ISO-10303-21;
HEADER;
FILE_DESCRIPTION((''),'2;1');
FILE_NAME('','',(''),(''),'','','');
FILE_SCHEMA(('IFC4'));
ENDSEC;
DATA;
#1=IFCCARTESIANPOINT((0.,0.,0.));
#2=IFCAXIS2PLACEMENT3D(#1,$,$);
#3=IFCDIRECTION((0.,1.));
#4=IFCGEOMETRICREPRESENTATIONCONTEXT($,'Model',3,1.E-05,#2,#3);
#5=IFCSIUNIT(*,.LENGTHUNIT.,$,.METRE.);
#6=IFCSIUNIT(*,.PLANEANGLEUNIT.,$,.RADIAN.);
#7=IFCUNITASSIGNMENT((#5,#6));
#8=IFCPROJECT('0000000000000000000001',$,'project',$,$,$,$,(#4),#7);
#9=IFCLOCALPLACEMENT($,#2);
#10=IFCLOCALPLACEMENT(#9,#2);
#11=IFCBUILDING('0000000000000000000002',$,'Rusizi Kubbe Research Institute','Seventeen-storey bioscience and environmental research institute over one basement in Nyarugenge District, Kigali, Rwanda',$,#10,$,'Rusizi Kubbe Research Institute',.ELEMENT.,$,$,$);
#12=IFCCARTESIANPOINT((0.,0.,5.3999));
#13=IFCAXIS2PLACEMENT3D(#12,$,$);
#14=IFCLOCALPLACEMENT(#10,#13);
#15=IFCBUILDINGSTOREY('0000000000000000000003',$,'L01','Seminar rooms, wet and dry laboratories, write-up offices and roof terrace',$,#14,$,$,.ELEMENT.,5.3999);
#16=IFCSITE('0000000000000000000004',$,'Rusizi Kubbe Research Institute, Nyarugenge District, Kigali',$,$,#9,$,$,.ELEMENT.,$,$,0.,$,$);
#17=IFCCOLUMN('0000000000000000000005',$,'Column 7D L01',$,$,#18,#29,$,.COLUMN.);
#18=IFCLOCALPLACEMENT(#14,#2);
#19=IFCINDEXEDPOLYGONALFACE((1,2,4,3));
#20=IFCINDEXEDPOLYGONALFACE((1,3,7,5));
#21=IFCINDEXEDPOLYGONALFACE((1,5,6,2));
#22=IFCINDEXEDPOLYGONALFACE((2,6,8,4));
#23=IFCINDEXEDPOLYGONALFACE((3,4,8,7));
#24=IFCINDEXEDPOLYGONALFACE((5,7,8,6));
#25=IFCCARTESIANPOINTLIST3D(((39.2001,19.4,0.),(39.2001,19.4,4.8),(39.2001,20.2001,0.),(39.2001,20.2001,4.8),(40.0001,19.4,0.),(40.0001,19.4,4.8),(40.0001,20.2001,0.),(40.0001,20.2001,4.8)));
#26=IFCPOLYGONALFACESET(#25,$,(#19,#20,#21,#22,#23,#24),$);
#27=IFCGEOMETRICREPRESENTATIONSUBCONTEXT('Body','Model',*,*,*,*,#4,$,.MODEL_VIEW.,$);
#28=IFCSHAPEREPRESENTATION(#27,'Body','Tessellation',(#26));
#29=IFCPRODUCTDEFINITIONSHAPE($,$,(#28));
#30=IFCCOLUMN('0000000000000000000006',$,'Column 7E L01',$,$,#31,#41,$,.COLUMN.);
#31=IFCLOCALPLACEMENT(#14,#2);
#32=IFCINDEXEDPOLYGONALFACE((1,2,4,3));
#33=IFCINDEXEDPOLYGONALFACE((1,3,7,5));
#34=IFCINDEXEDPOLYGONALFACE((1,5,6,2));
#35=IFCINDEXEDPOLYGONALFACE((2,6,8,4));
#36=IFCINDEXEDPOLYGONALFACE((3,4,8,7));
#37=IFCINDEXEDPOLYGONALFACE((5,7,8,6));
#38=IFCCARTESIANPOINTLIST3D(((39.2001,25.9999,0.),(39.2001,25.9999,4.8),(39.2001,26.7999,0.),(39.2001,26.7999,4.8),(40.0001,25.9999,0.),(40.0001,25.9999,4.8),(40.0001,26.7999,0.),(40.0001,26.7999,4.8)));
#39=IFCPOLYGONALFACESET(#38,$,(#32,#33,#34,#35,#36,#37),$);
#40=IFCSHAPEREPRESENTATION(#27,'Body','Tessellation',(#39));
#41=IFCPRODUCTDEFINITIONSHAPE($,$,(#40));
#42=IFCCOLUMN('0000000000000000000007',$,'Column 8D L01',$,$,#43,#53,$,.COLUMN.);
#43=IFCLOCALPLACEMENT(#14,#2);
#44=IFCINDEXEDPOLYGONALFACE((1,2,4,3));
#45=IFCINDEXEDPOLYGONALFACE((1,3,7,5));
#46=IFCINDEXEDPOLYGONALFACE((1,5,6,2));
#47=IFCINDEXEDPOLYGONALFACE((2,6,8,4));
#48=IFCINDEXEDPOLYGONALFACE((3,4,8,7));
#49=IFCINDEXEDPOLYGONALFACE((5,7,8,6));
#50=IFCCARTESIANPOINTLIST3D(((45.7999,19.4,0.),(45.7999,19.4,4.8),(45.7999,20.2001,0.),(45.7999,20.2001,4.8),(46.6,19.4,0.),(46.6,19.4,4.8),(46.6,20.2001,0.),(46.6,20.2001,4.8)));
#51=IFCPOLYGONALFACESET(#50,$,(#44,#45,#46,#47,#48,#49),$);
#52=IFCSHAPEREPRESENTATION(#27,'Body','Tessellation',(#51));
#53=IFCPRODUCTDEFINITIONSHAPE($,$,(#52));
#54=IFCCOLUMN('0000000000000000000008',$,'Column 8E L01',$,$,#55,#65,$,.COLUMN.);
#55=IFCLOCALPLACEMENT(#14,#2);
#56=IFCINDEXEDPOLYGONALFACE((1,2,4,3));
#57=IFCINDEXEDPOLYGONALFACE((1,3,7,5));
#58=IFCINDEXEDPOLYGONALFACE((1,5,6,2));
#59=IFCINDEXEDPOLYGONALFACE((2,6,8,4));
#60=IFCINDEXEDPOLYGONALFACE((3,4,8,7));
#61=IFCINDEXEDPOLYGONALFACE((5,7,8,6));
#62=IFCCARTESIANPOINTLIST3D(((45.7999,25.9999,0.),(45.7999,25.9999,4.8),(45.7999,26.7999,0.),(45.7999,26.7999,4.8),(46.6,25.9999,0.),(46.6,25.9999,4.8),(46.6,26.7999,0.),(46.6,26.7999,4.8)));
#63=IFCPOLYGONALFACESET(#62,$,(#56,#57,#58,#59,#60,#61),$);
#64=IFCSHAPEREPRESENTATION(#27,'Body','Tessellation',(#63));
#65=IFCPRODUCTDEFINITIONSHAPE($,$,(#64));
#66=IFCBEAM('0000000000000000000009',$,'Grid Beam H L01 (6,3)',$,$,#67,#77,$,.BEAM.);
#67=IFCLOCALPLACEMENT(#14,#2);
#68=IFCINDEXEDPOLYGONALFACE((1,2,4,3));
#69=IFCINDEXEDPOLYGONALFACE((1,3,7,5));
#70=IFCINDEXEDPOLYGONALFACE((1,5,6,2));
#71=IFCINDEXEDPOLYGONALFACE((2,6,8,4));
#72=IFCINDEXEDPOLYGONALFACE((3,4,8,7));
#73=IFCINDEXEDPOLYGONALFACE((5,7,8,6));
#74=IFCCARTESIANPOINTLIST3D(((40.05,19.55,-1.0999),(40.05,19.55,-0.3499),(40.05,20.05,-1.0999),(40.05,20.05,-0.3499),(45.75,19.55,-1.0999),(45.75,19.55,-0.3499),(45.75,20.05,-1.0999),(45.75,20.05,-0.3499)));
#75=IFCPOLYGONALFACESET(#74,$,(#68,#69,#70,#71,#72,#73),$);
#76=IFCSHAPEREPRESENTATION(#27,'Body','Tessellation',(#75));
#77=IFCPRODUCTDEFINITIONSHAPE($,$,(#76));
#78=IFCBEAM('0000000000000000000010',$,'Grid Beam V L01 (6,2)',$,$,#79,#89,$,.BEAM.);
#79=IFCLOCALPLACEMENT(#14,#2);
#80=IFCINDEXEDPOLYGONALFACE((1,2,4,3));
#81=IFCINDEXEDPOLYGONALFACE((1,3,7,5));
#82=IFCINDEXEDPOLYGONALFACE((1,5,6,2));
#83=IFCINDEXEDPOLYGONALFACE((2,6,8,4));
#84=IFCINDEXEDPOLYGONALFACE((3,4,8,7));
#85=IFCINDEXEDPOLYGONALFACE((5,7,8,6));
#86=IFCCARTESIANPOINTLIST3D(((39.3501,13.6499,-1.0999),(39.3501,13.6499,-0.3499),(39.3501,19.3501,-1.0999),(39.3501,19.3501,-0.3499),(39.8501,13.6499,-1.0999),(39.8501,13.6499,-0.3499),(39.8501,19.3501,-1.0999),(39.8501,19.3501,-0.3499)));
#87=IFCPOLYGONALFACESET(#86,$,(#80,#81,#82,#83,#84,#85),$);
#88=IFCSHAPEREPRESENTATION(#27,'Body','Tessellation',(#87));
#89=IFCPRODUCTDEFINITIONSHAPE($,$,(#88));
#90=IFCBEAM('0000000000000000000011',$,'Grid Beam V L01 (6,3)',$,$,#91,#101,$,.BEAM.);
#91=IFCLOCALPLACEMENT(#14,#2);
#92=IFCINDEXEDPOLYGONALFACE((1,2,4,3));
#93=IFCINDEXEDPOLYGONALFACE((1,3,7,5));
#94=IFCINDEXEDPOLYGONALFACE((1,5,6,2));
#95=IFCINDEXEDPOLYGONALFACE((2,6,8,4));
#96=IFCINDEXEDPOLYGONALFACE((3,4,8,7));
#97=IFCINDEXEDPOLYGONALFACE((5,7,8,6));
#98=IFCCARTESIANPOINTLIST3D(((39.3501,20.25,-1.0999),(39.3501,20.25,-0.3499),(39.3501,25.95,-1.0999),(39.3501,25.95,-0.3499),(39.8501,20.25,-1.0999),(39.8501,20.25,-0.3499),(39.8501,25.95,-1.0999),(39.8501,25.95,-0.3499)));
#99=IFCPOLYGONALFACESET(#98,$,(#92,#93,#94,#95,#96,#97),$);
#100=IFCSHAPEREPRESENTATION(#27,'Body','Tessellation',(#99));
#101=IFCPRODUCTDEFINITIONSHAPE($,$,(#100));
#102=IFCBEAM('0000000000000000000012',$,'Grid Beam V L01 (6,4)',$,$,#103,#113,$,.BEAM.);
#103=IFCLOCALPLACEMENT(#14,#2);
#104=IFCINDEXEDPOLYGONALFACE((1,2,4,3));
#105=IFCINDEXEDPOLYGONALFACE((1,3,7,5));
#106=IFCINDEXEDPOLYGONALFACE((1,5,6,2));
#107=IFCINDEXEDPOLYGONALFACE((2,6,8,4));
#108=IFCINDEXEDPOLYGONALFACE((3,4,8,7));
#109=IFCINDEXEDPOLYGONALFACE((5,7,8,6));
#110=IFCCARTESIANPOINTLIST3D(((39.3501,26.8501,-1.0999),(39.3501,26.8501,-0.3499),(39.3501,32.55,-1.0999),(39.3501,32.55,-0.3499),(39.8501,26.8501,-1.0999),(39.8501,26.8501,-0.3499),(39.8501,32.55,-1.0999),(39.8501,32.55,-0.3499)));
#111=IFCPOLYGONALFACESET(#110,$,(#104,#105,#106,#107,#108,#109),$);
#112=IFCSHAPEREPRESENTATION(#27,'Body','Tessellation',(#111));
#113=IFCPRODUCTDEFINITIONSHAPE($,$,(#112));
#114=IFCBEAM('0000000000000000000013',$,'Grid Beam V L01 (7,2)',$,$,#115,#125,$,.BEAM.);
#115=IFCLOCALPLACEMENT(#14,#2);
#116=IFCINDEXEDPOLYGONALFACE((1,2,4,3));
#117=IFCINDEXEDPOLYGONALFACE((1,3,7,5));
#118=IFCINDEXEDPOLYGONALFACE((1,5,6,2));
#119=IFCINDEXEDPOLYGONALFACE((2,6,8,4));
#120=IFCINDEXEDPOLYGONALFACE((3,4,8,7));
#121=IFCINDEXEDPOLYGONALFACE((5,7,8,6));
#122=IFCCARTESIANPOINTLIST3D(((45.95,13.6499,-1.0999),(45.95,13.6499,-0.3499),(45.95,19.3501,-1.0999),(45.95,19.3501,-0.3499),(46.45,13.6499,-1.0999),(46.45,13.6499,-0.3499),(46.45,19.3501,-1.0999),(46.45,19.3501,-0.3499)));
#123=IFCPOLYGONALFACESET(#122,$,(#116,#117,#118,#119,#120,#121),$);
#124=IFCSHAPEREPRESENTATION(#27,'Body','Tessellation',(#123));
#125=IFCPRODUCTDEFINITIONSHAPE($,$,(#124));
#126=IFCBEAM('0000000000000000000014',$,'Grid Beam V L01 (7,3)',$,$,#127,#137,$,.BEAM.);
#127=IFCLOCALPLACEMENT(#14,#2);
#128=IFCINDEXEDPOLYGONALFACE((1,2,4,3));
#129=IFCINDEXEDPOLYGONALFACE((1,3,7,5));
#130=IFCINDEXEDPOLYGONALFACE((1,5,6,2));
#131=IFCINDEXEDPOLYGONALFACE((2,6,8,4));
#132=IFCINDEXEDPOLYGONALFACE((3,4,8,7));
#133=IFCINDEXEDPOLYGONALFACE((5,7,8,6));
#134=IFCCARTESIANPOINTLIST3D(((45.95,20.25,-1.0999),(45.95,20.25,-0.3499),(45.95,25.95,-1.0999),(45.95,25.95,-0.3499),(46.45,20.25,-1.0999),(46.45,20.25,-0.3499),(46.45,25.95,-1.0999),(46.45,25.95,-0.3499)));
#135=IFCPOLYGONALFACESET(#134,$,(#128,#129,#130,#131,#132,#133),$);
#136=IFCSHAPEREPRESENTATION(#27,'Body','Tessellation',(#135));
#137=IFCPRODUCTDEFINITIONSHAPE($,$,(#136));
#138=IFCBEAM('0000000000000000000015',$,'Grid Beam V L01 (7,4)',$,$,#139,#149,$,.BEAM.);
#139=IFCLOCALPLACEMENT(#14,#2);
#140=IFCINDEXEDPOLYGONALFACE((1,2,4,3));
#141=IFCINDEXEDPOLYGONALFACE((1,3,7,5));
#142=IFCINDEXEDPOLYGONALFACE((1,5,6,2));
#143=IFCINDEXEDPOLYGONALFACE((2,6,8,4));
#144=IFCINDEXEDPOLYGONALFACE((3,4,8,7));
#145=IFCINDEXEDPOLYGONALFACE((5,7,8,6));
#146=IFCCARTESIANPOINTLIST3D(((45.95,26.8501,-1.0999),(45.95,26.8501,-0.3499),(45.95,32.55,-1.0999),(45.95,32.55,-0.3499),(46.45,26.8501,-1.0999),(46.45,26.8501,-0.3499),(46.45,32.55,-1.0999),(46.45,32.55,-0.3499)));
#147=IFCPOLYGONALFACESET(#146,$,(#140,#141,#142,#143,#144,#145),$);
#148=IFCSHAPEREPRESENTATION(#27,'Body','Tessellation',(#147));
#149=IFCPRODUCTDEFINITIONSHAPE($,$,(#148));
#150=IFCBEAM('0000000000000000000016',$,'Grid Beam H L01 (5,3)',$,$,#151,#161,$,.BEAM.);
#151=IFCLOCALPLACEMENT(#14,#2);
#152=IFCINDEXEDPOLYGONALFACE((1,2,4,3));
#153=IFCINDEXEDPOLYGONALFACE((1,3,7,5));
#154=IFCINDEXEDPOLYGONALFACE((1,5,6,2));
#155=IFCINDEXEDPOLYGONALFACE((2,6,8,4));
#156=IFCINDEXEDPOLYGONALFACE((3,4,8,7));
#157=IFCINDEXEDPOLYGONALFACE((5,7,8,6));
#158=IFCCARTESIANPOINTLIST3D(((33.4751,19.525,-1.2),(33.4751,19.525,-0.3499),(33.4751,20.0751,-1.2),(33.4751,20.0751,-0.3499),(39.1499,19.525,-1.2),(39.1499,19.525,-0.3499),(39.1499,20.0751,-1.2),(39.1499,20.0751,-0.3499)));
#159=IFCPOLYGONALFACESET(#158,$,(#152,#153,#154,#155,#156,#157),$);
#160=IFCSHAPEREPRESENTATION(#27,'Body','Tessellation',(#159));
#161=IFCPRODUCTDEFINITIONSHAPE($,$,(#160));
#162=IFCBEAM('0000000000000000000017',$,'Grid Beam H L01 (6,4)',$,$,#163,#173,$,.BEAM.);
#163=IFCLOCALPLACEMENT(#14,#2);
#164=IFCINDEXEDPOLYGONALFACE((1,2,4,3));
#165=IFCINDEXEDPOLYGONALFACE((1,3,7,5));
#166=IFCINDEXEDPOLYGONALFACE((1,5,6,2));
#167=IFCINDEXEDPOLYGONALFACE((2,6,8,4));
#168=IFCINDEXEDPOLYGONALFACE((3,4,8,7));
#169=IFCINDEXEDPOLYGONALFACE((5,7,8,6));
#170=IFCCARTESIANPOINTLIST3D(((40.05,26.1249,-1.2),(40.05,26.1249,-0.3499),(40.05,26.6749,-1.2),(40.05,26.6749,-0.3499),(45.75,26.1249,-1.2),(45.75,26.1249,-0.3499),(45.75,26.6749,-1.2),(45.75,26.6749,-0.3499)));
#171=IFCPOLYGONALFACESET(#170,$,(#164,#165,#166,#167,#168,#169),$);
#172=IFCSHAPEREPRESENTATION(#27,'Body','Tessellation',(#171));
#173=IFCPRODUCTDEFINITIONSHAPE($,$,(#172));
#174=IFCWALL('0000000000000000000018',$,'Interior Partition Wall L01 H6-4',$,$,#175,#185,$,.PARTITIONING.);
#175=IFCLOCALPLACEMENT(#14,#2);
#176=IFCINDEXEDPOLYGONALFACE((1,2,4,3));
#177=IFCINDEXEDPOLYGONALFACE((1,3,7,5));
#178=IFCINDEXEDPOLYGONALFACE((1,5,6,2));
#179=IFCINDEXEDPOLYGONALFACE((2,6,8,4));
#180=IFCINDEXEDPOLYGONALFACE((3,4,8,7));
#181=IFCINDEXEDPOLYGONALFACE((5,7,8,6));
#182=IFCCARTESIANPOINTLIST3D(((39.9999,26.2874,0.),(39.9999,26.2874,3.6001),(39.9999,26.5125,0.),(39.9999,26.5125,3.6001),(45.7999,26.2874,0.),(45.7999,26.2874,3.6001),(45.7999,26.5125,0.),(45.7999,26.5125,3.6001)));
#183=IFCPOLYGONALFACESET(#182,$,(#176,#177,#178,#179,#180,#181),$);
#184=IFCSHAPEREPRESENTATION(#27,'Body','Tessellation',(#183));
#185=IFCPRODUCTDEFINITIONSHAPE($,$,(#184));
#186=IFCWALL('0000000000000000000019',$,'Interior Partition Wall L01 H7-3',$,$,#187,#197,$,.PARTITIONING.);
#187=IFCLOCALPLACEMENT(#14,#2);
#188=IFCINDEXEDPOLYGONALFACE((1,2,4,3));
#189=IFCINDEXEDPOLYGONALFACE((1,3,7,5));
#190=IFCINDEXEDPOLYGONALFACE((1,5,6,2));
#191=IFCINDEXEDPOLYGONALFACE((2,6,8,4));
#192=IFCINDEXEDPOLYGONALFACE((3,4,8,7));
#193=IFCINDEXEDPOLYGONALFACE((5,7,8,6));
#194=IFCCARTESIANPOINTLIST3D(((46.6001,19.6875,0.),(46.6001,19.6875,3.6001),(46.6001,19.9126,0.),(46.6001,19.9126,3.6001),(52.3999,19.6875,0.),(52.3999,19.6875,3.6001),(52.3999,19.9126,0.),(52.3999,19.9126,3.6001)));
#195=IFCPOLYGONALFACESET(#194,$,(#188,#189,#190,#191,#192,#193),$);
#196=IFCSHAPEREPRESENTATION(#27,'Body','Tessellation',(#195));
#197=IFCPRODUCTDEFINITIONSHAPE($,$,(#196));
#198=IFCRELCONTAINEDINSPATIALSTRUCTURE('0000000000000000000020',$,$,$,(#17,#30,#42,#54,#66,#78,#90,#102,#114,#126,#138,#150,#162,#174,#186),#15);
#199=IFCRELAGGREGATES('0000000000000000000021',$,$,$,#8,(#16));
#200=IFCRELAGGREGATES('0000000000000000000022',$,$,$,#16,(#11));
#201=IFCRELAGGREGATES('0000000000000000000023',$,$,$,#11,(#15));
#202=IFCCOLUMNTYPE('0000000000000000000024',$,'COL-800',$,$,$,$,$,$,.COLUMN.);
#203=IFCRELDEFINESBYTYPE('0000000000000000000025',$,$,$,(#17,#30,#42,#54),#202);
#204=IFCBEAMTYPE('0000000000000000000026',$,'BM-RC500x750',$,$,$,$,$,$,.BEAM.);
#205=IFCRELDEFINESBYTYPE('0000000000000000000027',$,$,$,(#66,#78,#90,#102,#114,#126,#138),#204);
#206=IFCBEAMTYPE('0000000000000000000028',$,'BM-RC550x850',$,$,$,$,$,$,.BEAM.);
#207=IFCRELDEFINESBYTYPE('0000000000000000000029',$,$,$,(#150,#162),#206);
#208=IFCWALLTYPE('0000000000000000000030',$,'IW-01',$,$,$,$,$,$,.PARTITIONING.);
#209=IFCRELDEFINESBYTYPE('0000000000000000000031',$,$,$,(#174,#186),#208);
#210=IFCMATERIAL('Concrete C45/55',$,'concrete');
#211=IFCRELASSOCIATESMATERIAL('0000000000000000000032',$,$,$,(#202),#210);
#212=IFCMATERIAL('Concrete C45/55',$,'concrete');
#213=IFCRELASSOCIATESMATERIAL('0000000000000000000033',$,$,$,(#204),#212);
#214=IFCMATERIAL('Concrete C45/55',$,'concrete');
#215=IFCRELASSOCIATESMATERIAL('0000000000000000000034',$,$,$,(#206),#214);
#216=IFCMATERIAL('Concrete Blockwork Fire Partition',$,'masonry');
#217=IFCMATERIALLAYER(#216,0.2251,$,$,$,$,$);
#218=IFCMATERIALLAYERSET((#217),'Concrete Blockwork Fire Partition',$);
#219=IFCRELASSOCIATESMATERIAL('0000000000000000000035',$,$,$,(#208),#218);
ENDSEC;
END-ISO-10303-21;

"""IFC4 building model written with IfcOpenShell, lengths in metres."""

from ifc_helpers import new_model, si_unit, direction, frame, frame_2d, origin, origin_2d, place, context, subcontext, project, spatial, rectangle, extrude, material, layer, layer_set, material_profile, profile_set, type_object, element, save


model = new_model("IFC4")

# Units and contexts
model_context = context("Model", 3, precision=1e-05, world=origin(), true_north=direction((0.0, 1.0)))
body_context = subcontext(model_context, "Body", "Model", "MODEL_VIEW")
ifc_project = project(units=[si_unit("LENGTHUNIT", "METRE"), si_unit("PLANEANGLEUNIT", "RADIAN")], contexts=[model_context])

# Site, building, storey
site_placement = place(None, origin())
site = spatial("IfcSite", under=ifc_project, at=site_placement, Name="Rusizi Kubbe Research Institute, Nyarugenge District, Kigali", CompositionType="ELEMENT", RefElevation=0.0)
building_placement = place(site_placement, origin())
building = spatial("IfcBuilding", under=site, at=building_placement, Name="Rusizi Kubbe Research Institute", Description="Seventeen-storey bioscience and environmental research institute over one basement in Nyarugenge District, Kigali, Rwanda", LongName="Rusizi Kubbe Research Institute", CompositionType="ELEMENT")
storey_placement = place(building_placement, frame((0.0, 0.0, 5.3999)))
storey = spatial("IfcBuildingStorey", under=building, at=storey_placement, Name="L01", Description="Seminar rooms, wet and dry laboratories, write-up offices and roof terrace", CompositionType="ELEMENT", Elevation=5.3999)

# Columns
ifc_material_1 = material(Name="Concrete C45/55", Category="concrete")
ifc_material_profile_1 = material_profile(ifc_material_1, rectangle(XDim=0.8, YDim=0.8, at=origin_2d()), Name="RC800x800")
ifc_profile_set_1 = profile_set([ifc_material_profile_1], Name="Concrete C45/55")
column_type = type_object("IfcColumnType", Name="COL-800", PredefinedType="COLUMN", material=ifc_profile_set_1)
for number, where, z_axis, x_axis, name in (
    (1, (39.6001, 19.8, 0.0), (0.0, 0.0, 1.0), (1.0, 0.0, 0.0), "Column 7D L01"),
    (2, (39.6001, 26.3999, 0.0), (0.0, 0.0, 1.0), (1.0, 0.0, 0.0), "Column 7E L01"),
    (3, (46.2, 19.8, 0.0), (0.0, 0.0, 1.0), (1.0, 0.0, 0.0), "Column 8D L01"),
    (4, (46.2, 26.3999, 0.0), (0.0, 0.0, 1.0), (1.0, 0.0, 0.0), "Column 8E L01"),
):
    element("IfcColumn", number, at=place(storey_placement, frame(where, z_axis=z_axis, x_axis=x_axis)), inside=storey, type_object=column_type, Name=name, PredefinedType="COLUMN", context=body_context, shape_type="SweptSolid", body=[
        extrude(rectangle(XDim=0.8, YDim=0.8, at=origin_2d()), origin(), (0.0, 0.0, 1.0), 4.8),
    ])

# Beams
ifc_material_2 = material(Name="Concrete C45/55", Category="concrete")
ifc_material_profile_2 = material_profile(ifc_material_2, rectangle(XDim=0.5, YDim=0.75, at=origin_2d()), Name="RC500x750B")
ifc_profile_set_2 = profile_set([ifc_material_profile_2], Name="Concrete C45/55")
beam_type_1 = type_object("IfcBeamType", Name="BM-RC500x750", PredefinedType="BEAM", material=ifc_profile_set_2)
beam_1_placement = place(storey_placement, frame((40.05, 19.8, -0.7249), z_axis=(1.0, 0.0, 0.0), x_axis=(0.0, 1.0, 0.0)))
element("IfcBeam", 5, at=beam_1_placement, inside=storey, type_object=beam_type_1, Name="Grid Beam H L01 (6,3)", PredefinedType="BEAM", context=body_context, shape_type="SweptSolid", body=[
    extrude(rectangle(XDim=0.5, YDim=0.75, at=origin_2d()), origin(), (0.0, 0.0, 1.0), 5.7),
])
beam_2_placement = place(storey_placement, frame((39.6001, 13.6499, -0.7249), z_axis=(0.0, 1.0, 0.0), x_axis=(-1.0, 0.0, 0.0)))
element("IfcBeam", 6, at=beam_2_placement, inside=storey, type_object=beam_type_1, Name="Grid Beam V L01 (6,2)", PredefinedType="BEAM", context=body_context, shape_type="SweptSolid", body=[
    extrude(rectangle(XDim=0.5, YDim=0.75, at=origin_2d()), origin(), (0.0, 0.0, 1.0), 5.7002),
])
for number, where, z_axis, x_axis, name in (
    (7, (39.6001, 20.25, -0.7249), (0.0, 1.0, 0.0), (-1.0, 0.0, 0.0), "Grid Beam V L01 (6,3)"),
    (8, (39.6001, 26.8501, -0.7249), (0.0, 1.0, 0.0), (-1.0, 0.0, 0.0), "Grid Beam V L01 (6,4)"),
):
    element("IfcBeam", number, at=place(storey_placement, frame(where, z_axis=z_axis, x_axis=x_axis)), inside=storey, type_object=beam_type_1, Name=name, PredefinedType="BEAM", context=body_context, shape_type="SweptSolid", body=[
        extrude(rectangle(XDim=0.5, YDim=0.75, at=origin_2d()), origin(), (0.0, 0.0, 1.0), 5.7),
    ])
beam_3_placement = place(storey_placement, frame((46.2, 13.6499, -0.7249), z_axis=(0.0, 1.0, 0.0), x_axis=(-1.0, 0.0, 0.0)))
element("IfcBeam", 9, at=beam_3_placement, inside=storey, type_object=beam_type_1, Name="Grid Beam V L01 (7,2)", PredefinedType="BEAM", context=body_context, shape_type="SweptSolid", body=[
    extrude(rectangle(XDim=0.5, YDim=0.75, at=origin_2d()), origin(), (0.0, 0.0, 1.0), 5.7002),
])
for number, where, z_axis, x_axis, name in (
    (10, (46.2, 20.25, -0.7249), (0.0, 1.0, 0.0), (-1.0, 0.0, 0.0), "Grid Beam V L01 (7,3)"),
    (11, (46.2, 26.8501, -0.7249), (0.0, 1.0, 0.0), (-1.0, 0.0, 0.0), "Grid Beam V L01 (7,4)"),
):
    element("IfcBeam", number, at=place(storey_placement, frame(where, z_axis=z_axis, x_axis=x_axis)), inside=storey, type_object=beam_type_1, Name=name, PredefinedType="BEAM", context=body_context, shape_type="SweptSolid", body=[
        extrude(rectangle(XDim=0.5, YDim=0.75, at=origin_2d()), origin(), (0.0, 0.0, 1.0), 5.7),
    ])
ifc_material_3 = material(Name="Concrete C45/55", Category="concrete")
ifc_material_profile_3 = material_profile(ifc_material_3, rectangle(XDim=0.55, YDim=0.8501, at=origin_2d()), Name="RC550x850")
ifc_profile_set_3 = profile_set([ifc_material_profile_3], Name="Concrete C45/55")
beam_type_2 = type_object("IfcBeamType", Name="BM-RC550x850", PredefinedType="BEAM", material=ifc_profile_set_3)
beam_4_placement = place(storey_placement, frame((33.4751, 19.8, -0.7749), z_axis=(1.0, 0.0, 0.0), x_axis=(0.0, 1.0, 0.0)))
element("IfcBeam", 12, at=beam_4_placement, inside=storey, type_object=beam_type_2, Name="Grid Beam H L01 (5,3)", PredefinedType="BEAM", context=body_context, shape_type="SweptSolid", body=[
    extrude(rectangle(XDim=0.55, YDim=0.8501, at=origin_2d()), origin(), (0.0, 0.0, 1.0), 5.6748),
])
beam_5_placement = place(storey_placement, frame((40.05, 26.3999, -0.7749), z_axis=(1.0, 0.0, 0.0), x_axis=(0.0, 1.0, 0.0)))
element("IfcBeam", 13, at=beam_5_placement, inside=storey, type_object=beam_type_2, Name="Grid Beam H L01 (6,4)", PredefinedType="BEAM", context=body_context, shape_type="SweptSolid", body=[
    extrude(rectangle(XDim=0.55, YDim=0.8501, at=origin_2d()), origin(), (0.0, 0.0, 1.0), 5.7),
])

# Walls
ifc_material_4 = material(Name="Concrete Blockwork Fire Partition", Category="masonry")
ifc_layer_1 = layer(ifc_material_4, 0.2251)
ifc_layer_set_1 = layer_set([ifc_layer_1], Name="Concrete Blockwork Fire Partition")
wall_type_1 = type_object("IfcWallType", Name="IW-01", PredefinedType="PARTITIONING", material=ifc_layer_set_1)
wall_1_placement = place(storey_placement, frame((40.0, 26.3999, 0.0), z_axis=(0.0, 0.0, 1.0), x_axis=(1.0, 0.0, 0.0)))
element("IfcWall", 14, at=wall_1_placement, inside=storey, type_object=wall_type_1, Name="Interior Partition Wall L01 H6-4", PredefinedType="PARTITIONING", context=body_context, shape_type="SweptSolid", body=[
    extrude(rectangle(XDim=5.8, YDim=0.2251, at=frame_2d((2.8999, 0.0))), origin(), (0.0, 0.0, 1.0), 3.6001),
])
wall_2_placement = place(storey_placement, frame((46.6001, 19.8, 0.0), z_axis=(0.0, 0.0, 1.0), x_axis=(1.0, 0.0, 0.0)))
element("IfcWall", 15, at=wall_2_placement, inside=storey, type_object=wall_type_1, Name="Interior Partition Wall L01 H7-3", PredefinedType="PARTITIONING", context=body_context, shape_type="SweptSolid", body=[
    extrude(rectangle(XDim=5.7998, YDim=0.2251, at=frame_2d((2.8999, 0.0))), origin(), (0.0, 0.0, 1.0), 3.6001),
])

save(model, "model.ifc")
